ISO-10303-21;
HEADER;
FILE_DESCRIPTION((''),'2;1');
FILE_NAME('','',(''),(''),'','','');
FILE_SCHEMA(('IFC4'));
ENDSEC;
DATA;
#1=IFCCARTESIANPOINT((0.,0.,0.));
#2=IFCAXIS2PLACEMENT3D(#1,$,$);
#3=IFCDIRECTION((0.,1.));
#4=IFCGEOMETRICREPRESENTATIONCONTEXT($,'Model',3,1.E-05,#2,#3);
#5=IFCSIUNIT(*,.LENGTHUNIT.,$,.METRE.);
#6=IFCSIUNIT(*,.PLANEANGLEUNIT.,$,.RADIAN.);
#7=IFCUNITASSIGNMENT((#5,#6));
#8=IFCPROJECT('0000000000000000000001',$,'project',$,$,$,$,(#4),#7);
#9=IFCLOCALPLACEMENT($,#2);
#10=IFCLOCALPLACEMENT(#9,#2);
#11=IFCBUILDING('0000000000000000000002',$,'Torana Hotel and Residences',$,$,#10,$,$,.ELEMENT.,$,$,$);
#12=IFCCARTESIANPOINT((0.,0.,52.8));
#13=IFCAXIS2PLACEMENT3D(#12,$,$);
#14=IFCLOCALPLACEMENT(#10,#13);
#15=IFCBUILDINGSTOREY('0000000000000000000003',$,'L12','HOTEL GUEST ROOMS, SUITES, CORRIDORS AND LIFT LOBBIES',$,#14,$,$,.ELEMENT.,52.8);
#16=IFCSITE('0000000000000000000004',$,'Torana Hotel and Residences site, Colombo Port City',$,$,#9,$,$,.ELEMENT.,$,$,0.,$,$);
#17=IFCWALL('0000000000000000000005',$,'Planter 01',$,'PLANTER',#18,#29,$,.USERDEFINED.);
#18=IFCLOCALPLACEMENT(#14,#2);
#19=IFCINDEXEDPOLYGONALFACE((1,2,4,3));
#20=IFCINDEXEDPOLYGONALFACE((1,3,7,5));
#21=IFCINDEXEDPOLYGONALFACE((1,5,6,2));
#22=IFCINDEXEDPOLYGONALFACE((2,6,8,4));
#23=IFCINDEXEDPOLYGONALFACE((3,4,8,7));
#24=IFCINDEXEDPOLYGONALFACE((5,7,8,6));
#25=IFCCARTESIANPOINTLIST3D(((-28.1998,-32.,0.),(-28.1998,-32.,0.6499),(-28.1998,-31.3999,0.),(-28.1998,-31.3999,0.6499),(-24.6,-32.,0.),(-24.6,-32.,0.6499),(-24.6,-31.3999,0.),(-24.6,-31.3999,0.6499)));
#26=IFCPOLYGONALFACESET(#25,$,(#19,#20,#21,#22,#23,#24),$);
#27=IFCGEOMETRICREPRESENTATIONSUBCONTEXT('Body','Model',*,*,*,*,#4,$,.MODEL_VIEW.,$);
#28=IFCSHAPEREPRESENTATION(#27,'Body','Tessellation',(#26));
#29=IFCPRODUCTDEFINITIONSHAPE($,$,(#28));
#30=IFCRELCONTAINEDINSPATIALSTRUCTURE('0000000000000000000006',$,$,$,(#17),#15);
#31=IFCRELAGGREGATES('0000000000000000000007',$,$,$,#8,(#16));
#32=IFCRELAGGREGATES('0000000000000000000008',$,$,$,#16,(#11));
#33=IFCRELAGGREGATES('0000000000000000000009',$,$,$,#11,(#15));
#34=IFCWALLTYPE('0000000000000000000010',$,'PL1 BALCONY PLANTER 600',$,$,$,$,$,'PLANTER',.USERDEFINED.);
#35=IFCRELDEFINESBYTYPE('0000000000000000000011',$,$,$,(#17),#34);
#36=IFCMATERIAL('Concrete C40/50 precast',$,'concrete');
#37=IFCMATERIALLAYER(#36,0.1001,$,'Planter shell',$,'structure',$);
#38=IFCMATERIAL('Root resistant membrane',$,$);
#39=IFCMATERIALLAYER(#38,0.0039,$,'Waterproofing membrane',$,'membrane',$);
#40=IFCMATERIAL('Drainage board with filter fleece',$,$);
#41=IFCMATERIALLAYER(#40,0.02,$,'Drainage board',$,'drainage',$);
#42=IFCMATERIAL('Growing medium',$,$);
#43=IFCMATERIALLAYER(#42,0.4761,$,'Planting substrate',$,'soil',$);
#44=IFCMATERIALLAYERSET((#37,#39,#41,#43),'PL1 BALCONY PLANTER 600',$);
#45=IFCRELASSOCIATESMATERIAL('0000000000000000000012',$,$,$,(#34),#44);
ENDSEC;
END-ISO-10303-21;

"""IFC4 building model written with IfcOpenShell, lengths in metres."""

from ifc_helpers import new_model, si_unit, direction, frame, frame_2d, origin, place, context, subcontext, project, spatial, rectangle, extrude, material, layer, layer_set, type_object, element, save


model = new_model("IFC4")

# Units and contexts
model_context = context("Model", 3, precision=1e-05, world=origin(), true_north=direction((0.0, 1.0)))
body_context = subcontext(model_context, "Body", "Model", "MODEL_VIEW")
ifc_project = project(units=[si_unit("LENGTHUNIT", "METRE"), si_unit("PLANEANGLEUNIT", "RADIAN")], contexts=[model_context])

# Site, building, storey
site_placement = place(None, origin())
site = spatial("IfcSite", under=ifc_project, at=site_placement, Name="Torana Hotel and Residences site, Colombo Port City", CompositionType="ELEMENT", RefElevation=0.0)
building_placement = place(site_placement, origin())
building = spatial("IfcBuilding", under=site, at=building_placement, Name="Torana Hotel and Residences", CompositionType="ELEMENT")
storey_placement = place(building_placement, frame((0.0, 0.0, 52.8)))
storey = spatial("IfcBuildingStorey", under=building, at=storey_placement, Name="L12", Description="HOTEL GUEST ROOMS, SUITES, CORRIDORS AND LIFT LOBBIES", CompositionType="ELEMENT", Elevation=52.8)

# Wall
ifc_material_1 = material(Name="Concrete C40/50 precast", Category="concrete")
ifc_layer_1 = layer(ifc_material_1, 0.1001, Name="Planter shell", Category="structure")
ifc_material_2 = material(Name="Root resistant membrane")
ifc_layer_2 = layer(ifc_material_2, 0.0039, Name="Waterproofing membrane", Category="membrane")
ifc_material_3 = material(Name="Drainage board with filter fleece")
ifc_layer_3 = layer(ifc_material_3, 0.02, Name="Drainage board", Category="drainage")
ifc_material_4 = material(Name="Growing medium")
ifc_layer_4 = layer(ifc_material_4, 0.4761, Name="Planting substrate", Category="soil")
ifc_layer_set_1 = layer_set([ifc_layer_1, ifc_layer_2, ifc_layer_3, ifc_layer_4], Name="PL1 BALCONY PLANTER 600")
wall_type_1 = type_object("IfcWallType", Name="PL1 BALCONY PLANTER 600", ElementType="PLANTER", PredefinedType="USERDEFINED", material=ifc_layer_set_1)
wall_1_placement = place(storey_placement, frame((-24.6001, -31.7, 0.0), z_axis=(0.0, 0.0, 1.0), x_axis=(-1.0, 0.0, 0.0)))
element("IfcWall", 1, at=wall_1_placement, inside=storey, type_object=wall_type_1, Name="Planter 01", ObjectType="PLANTER", PredefinedType="USERDEFINED", context=body_context, shape_type="SweptSolid", body=[
    extrude(rectangle(XDim=3.5999, YDim=0.6001, at=frame_2d((1.7998, 0.0))), origin(), (0.0, 0.0, 1.0), 0.6499),
])

save(model, "model.ifc")
